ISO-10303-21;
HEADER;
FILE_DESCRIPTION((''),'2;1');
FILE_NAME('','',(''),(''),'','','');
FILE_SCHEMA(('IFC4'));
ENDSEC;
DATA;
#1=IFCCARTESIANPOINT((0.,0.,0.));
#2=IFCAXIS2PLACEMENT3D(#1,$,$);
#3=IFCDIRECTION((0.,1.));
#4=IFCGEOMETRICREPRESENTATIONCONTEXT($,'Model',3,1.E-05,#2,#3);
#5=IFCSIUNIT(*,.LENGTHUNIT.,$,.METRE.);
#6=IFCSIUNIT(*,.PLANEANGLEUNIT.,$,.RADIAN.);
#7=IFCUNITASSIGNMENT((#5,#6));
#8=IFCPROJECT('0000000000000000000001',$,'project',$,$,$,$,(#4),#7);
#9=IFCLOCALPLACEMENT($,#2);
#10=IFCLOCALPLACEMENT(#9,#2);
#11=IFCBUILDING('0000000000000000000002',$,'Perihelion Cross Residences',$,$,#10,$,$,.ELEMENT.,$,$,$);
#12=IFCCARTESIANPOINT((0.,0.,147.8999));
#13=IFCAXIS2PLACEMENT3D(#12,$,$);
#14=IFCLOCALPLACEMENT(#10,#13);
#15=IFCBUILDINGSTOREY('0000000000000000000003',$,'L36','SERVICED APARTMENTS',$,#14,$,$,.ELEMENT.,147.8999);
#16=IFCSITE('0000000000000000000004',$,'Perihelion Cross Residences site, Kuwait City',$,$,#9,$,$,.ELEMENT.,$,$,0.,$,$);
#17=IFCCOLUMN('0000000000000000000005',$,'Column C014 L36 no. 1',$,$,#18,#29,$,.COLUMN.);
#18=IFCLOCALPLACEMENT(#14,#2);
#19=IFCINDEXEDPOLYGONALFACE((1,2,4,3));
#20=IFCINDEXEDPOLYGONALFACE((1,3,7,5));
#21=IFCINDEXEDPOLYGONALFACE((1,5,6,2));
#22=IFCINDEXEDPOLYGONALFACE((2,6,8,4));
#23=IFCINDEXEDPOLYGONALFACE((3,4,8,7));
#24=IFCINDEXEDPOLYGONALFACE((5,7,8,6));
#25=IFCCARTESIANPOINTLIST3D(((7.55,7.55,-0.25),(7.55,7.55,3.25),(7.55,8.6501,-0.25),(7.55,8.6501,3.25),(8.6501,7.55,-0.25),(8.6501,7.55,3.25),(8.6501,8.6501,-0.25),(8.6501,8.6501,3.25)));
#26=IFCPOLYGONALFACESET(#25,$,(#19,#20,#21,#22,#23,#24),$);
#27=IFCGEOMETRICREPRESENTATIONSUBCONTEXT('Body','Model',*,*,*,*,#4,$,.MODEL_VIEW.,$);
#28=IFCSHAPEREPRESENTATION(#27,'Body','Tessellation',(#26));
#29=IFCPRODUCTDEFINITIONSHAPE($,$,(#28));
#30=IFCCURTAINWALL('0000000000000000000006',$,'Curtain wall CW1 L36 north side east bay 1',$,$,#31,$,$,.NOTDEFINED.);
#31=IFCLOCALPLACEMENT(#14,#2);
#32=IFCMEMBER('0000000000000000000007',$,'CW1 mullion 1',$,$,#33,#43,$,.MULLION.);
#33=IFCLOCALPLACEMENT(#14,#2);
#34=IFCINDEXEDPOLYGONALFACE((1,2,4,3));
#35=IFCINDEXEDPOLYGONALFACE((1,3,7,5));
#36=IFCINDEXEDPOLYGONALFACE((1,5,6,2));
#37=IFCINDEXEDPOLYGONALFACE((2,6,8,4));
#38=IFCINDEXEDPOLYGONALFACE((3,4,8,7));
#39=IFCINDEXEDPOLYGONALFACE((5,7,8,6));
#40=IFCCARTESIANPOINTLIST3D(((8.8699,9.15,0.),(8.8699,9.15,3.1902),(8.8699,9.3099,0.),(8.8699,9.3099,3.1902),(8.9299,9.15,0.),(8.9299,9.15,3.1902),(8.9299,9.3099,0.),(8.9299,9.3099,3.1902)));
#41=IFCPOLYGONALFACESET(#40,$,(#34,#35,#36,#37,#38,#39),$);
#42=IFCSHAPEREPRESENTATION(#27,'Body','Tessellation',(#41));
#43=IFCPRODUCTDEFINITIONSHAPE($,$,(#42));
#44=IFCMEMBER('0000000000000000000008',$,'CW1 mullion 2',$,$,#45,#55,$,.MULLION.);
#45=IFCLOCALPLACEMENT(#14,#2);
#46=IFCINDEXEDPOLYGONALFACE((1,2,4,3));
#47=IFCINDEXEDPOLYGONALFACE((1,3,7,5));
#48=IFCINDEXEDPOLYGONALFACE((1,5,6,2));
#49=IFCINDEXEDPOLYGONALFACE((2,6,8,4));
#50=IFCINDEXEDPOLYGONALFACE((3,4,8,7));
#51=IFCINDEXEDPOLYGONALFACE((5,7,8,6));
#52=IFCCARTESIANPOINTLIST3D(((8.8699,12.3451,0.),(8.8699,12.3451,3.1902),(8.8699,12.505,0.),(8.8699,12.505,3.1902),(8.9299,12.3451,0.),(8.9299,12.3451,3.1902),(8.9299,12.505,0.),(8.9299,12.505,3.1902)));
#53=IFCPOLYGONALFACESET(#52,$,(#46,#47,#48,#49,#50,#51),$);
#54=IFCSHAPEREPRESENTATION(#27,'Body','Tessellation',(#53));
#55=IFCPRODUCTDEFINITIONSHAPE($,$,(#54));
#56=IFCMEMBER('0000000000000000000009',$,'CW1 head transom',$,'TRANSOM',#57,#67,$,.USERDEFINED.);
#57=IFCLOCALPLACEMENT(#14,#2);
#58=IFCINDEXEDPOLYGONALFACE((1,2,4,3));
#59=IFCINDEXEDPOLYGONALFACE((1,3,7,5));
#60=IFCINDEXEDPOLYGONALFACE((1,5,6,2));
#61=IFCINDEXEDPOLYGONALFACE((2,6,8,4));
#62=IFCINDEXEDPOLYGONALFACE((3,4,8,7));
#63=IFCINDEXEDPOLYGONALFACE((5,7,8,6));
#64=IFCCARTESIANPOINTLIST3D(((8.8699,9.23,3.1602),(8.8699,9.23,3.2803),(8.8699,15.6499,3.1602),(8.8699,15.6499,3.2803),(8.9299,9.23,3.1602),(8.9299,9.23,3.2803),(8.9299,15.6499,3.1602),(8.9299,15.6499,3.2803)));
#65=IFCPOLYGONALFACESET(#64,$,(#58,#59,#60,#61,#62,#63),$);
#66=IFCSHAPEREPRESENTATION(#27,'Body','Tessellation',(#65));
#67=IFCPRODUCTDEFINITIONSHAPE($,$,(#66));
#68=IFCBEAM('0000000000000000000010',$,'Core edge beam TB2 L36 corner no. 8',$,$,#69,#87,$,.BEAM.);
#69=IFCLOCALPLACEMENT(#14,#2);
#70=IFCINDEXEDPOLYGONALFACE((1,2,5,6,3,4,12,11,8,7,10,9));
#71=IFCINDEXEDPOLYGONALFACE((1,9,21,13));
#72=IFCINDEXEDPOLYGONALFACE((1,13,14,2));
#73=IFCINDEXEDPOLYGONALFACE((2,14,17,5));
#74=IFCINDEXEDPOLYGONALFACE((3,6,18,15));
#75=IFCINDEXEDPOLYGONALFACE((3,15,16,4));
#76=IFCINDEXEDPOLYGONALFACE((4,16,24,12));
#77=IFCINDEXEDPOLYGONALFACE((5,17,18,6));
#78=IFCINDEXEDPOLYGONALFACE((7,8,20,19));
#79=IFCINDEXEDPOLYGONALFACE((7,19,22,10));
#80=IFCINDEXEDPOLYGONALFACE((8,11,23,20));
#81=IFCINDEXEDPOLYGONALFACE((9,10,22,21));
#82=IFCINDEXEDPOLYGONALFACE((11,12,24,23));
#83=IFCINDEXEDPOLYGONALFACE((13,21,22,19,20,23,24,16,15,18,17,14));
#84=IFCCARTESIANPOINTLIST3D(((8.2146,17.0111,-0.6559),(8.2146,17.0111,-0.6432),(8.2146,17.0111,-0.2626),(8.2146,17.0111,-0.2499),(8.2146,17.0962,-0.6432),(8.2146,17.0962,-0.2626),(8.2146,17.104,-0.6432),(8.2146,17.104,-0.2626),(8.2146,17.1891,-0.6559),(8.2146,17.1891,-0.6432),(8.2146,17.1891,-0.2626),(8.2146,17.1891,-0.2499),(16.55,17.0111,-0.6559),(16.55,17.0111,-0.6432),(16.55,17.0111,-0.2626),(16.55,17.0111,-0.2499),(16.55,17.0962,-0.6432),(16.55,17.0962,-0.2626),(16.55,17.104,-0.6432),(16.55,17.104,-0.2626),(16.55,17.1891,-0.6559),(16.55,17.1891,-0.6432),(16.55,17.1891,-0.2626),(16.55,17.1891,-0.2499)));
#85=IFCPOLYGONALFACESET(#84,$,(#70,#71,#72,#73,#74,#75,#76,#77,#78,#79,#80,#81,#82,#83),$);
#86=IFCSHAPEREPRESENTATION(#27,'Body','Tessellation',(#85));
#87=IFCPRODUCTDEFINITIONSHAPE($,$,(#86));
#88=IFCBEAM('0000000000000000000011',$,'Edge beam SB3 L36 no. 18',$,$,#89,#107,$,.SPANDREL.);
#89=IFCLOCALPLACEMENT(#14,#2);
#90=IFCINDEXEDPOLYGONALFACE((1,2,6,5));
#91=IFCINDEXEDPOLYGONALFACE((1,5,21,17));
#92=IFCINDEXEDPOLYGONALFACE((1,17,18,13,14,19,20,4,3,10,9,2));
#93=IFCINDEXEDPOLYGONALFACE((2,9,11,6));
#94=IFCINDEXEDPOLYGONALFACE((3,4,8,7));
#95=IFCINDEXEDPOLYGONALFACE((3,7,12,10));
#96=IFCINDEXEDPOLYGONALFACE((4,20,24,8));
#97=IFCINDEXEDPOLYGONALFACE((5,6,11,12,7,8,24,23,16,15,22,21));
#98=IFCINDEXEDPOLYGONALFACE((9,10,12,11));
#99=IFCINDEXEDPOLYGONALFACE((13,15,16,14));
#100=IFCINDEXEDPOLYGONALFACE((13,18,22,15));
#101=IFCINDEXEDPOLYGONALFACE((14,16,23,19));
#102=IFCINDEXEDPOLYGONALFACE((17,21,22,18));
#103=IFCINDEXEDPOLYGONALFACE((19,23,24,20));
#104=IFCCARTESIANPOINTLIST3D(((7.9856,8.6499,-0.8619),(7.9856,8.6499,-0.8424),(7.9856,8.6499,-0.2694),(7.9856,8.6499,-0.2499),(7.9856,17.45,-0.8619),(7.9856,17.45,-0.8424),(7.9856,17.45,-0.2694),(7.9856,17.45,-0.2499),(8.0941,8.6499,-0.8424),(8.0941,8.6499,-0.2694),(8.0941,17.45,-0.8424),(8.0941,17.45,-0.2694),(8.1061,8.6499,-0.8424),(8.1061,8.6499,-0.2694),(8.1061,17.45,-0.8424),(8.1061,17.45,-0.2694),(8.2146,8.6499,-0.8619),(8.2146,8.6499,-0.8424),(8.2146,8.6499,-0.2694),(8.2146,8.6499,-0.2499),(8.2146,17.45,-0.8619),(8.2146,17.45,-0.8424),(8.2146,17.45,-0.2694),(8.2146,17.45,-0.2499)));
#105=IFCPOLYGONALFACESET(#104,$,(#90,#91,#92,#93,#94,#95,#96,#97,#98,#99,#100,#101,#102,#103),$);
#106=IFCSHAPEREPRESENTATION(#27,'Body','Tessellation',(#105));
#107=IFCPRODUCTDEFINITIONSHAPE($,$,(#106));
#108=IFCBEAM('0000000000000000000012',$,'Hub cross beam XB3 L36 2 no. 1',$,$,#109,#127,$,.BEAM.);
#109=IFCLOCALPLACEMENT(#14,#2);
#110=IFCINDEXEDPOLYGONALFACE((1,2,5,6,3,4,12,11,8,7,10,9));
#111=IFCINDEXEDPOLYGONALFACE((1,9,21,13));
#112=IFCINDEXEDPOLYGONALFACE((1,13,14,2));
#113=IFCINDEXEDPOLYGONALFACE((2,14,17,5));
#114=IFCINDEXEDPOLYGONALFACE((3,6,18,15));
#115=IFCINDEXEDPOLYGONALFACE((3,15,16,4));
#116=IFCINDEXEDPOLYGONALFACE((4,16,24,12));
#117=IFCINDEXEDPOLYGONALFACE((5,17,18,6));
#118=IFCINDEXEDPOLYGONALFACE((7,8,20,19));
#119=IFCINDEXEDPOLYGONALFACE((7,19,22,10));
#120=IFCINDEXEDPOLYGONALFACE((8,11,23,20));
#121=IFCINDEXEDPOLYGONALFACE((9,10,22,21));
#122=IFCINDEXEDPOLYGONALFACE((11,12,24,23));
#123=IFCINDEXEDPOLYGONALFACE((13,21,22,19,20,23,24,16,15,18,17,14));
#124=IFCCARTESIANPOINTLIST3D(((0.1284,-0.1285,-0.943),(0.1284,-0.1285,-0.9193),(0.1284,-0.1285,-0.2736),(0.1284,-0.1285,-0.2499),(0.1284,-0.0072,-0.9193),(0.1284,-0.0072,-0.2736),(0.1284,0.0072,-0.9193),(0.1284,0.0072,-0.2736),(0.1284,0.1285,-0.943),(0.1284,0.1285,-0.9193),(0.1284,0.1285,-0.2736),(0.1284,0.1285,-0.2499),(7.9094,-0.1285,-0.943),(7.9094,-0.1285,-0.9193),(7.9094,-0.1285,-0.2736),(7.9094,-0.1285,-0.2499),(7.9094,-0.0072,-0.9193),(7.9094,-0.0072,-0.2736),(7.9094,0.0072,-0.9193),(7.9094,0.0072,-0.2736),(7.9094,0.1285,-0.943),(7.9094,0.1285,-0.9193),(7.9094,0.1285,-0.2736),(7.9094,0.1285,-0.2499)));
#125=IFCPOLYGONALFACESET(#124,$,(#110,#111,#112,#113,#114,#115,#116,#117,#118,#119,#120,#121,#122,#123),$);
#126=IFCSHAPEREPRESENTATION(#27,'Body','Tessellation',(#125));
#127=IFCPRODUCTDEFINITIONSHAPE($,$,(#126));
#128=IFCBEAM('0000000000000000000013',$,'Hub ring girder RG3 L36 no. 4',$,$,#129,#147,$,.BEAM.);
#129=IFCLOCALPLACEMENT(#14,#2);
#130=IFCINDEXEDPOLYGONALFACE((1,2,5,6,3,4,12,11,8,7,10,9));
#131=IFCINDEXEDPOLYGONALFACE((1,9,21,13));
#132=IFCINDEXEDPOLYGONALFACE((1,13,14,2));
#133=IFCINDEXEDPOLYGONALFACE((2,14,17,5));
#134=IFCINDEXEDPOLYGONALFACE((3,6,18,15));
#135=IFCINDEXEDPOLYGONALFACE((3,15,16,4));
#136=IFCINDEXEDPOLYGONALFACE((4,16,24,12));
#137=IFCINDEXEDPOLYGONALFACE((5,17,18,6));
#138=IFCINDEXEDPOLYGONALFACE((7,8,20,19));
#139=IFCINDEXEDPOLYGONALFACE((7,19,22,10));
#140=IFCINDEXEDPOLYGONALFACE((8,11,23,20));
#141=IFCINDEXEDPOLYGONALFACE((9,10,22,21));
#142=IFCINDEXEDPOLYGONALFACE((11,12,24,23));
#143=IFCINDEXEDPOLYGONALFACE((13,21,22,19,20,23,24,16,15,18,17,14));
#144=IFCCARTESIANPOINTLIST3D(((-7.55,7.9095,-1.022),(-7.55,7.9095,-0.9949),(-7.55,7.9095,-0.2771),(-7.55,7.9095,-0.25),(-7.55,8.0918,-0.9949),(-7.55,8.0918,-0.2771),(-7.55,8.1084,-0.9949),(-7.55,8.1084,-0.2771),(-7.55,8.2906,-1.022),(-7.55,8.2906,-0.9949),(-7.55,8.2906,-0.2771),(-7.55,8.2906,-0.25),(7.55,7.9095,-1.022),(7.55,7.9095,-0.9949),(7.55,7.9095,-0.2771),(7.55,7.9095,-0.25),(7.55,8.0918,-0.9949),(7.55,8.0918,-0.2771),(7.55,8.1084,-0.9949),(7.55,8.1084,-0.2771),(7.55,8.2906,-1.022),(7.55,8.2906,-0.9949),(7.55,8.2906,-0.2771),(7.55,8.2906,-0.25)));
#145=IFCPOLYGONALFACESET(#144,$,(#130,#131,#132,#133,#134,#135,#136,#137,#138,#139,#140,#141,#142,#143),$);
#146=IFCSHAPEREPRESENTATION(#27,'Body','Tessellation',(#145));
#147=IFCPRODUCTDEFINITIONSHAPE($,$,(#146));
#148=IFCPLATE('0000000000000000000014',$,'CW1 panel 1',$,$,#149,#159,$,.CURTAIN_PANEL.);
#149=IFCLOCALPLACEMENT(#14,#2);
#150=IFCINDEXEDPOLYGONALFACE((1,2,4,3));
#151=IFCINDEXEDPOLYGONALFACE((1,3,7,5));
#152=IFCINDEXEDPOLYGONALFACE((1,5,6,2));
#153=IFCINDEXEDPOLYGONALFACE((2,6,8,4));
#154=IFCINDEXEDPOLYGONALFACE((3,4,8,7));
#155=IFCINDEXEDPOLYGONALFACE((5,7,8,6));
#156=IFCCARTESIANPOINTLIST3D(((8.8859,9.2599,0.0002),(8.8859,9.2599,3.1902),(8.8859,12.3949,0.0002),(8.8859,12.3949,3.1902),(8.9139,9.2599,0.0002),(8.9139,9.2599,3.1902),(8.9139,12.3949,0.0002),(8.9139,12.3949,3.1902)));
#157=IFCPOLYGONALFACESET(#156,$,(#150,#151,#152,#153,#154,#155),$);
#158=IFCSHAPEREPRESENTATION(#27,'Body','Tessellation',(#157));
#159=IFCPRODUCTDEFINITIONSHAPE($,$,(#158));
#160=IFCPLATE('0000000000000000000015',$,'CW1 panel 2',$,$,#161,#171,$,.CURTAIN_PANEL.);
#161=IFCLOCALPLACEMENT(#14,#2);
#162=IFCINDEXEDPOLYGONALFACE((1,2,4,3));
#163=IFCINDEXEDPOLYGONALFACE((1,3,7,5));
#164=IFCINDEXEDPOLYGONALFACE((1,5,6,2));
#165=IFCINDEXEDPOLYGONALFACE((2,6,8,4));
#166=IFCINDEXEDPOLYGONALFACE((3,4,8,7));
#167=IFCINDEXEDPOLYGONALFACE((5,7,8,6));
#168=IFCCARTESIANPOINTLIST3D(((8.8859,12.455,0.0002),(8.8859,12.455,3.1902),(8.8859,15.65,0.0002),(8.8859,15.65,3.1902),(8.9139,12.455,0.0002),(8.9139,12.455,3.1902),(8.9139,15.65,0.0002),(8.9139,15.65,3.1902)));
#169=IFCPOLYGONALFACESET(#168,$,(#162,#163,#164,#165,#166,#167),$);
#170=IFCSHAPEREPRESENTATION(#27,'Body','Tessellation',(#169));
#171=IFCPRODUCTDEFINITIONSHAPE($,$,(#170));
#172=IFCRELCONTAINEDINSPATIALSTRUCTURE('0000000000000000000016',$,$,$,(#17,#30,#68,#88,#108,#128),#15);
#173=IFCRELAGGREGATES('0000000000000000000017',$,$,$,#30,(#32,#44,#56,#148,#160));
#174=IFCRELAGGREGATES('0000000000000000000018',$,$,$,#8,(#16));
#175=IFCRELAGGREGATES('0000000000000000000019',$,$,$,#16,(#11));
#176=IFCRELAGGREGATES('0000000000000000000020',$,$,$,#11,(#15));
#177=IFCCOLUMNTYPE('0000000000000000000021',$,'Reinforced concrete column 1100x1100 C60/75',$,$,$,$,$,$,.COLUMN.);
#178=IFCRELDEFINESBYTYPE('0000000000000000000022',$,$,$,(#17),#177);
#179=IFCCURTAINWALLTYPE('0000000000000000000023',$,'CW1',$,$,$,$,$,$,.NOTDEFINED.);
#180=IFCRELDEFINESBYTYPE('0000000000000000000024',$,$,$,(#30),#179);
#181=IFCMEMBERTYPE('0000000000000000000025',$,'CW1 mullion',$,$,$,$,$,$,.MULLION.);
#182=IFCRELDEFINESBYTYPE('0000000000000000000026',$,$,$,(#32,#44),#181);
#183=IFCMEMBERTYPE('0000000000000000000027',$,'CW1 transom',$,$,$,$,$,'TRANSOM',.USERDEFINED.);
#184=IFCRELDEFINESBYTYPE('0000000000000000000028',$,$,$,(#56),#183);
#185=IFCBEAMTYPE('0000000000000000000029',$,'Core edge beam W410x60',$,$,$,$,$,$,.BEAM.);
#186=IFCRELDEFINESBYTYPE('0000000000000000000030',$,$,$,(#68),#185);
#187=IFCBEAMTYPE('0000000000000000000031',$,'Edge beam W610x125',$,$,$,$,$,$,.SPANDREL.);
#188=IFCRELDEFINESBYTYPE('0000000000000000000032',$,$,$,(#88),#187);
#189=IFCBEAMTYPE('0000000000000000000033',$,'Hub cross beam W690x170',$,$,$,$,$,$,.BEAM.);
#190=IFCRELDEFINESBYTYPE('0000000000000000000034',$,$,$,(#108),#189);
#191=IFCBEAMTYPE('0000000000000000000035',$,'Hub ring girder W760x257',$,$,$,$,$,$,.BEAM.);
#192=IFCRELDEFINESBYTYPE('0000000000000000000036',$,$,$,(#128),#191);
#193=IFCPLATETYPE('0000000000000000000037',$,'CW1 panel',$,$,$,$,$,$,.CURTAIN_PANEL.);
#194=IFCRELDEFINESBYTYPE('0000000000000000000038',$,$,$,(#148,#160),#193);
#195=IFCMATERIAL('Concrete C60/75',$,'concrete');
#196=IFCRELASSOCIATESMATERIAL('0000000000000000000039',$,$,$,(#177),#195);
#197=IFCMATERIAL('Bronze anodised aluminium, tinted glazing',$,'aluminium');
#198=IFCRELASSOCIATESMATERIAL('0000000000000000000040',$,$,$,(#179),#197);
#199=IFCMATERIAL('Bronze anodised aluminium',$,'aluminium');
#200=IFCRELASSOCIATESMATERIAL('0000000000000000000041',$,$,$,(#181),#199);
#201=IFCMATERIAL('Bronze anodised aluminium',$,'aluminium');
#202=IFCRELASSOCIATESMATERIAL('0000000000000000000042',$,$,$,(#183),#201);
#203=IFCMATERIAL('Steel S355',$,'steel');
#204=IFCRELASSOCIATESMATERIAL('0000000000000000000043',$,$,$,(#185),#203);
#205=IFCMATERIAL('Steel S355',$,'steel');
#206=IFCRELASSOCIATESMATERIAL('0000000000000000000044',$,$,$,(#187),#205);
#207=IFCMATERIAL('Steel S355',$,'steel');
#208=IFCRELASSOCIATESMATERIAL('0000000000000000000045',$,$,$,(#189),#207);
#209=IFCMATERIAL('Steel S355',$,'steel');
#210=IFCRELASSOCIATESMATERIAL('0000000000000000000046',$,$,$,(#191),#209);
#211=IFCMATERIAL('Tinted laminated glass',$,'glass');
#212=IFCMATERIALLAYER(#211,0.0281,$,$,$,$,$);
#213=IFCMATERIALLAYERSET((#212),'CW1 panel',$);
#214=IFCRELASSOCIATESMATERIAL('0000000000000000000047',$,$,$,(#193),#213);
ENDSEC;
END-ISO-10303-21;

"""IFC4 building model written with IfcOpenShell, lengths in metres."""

from ifc_helpers import new_model, si_unit, direction, frame, origin, origin_2d, place, context, subcontext, project, spatial, rectangle, i_section, extrude, material, layer, layer_set, material_profile, profile_set, type_object, element, aggregate, save


model = new_model("IFC4")

# Units and contexts
model_context = context("Model", 3, precision=1e-05, world=origin(), true_north=direction((0.0, 1.0)))
body_context = subcontext(model_context, "Body", "Model", "MODEL_VIEW")
ifc_project = project(units=[si_unit("LENGTHUNIT", "METRE"), si_unit("PLANEANGLEUNIT", "RADIAN")], contexts=[model_context])

# Site, building, storey
site_placement = place(None, origin())
site = spatial("IfcSite", under=ifc_project, at=site_placement, Name="Perihelion Cross Residences site, Kuwait City", CompositionType="ELEMENT", RefElevation=0.0)
building_placement = place(site_placement, origin())
building = spatial("IfcBuilding", under=site, at=building_placement, Name="Perihelion Cross Residences", CompositionType="ELEMENT")
storey_placement = place(building_placement, frame((0.0, 0.0, 147.8999)))
storey = spatial("IfcBuildingStorey", under=building, at=storey_placement, Name="L36", Description="SERVICED APARTMENTS", CompositionType="ELEMENT", Elevation=147.8999)

# Column
ifc_material_1 = material(Name="Concrete C60/75", Category="concrete")
ifc_material_profile_1 = material_profile(ifc_material_1, rectangle(XDim=1.1001, YDim=1.1001, at=origin_2d()), Name="RC 1100x1100")
ifc_profile_set_1 = profile_set([ifc_material_profile_1], Name="Concrete C60/75")
column_type = type_object("IfcColumnType", Name="Reinforced concrete column 1100x1100 C60/75", PredefinedType="COLUMN", material=ifc_profile_set_1)
column_placement = place(storey_placement, frame((8.1001, 8.1001, -0.25), z_axis=(0.0, 0.0, 1.0), x_axis=(1.0, 0.0, 0.0)))
element("IfcColumn", 1, at=column_placement, inside=storey, type_object=column_type, Name="Column C014 L36 no. 1", PredefinedType="COLUMN", context=body_context, shape_type="SweptSolid", body=[
    extrude(rectangle(XDim=1.1001, YDim=1.1001, at=origin_2d()), origin(), (0.0, 0.0, 1.0), 3.5),
])

# Curtain wall, members
ifc_material_2 = material(Name="Bronze anodised aluminium, tinted glazing", Category="aluminium")
curtain_wall_type = type_object("IfcCurtainWallType", Name="CW1", PredefinedType="NOTDEFINED", material=ifc_material_2)
curtain_wall_placement = place(storey_placement, origin())
curtain_wall = element("IfcCurtainWall", 2, at=curtain_wall_placement, inside=storey, type_object=curtain_wall_type, Name="Curtain wall CW1 L36 north side east bay 1", PredefinedType="NOTDEFINED")
ifc_material_3 = material(Name="Bronze anodised aluminium", Category="aluminium")
ifc_material_profile_2 = material_profile(ifc_material_3, rectangle(XDim=0.0601, YDim=0.1599, at=origin_2d()), Name="CW1 mullion")
ifc_profile_set_2 = profile_set([ifc_material_profile_2], Name="Bronze anodised aluminium")
member_type_1 = type_object("IfcMemberType", Name="CW1 mullion", PredefinedType="MULLION", material=ifc_profile_set_2)
member_1_placement = place(storey_placement, frame((8.8999, 9.23, 0.0), z_axis=(0.0, 0.0, 1.0), x_axis=(-1.0, 0.0, 0.0)))
member_1 = element("IfcMember", 3, at=member_1_placement, type_object=member_type_1, Name="CW1 mullion 1", PredefinedType="MULLION", context=body_context, shape_type="SweptSolid", body=[
    extrude(rectangle(XDim=0.0601, YDim=0.1599, at=origin_2d()), origin(), (0.0, 0.0, 1.0), 3.1902),
])
member_2_placement = place(storey_placement, frame((8.8999, 12.425, 0.0), z_axis=(0.0, 0.0, 1.0), x_axis=(-1.0, 0.0, 0.0)))
member_2 = element("IfcMember", 4, at=member_2_placement, type_object=member_type_1, Name="CW1 mullion 2", PredefinedType="MULLION", context=body_context, shape_type="SweptSolid", body=[
    extrude(rectangle(XDim=0.0601, YDim=0.1599, at=origin_2d()), origin(), (0.0, 0.0, 1.0), 3.1902),
])
ifc_material_4 = material(Name="Bronze anodised aluminium", Category="aluminium")
ifc_material_profile_3 = material_profile(ifc_material_4, rectangle(XDim=0.0601, YDim=0.1201, at=origin_2d()), Name="CW1 transom")
ifc_profile_set_3 = profile_set([ifc_material_profile_3], Name="Bronze anodised aluminium")
member_type_2 = type_object("IfcMemberType", Name="CW1 transom", ElementType="TRANSOM", PredefinedType="USERDEFINED", material=ifc_profile_set_3)
member_3_placement = place(storey_placement, frame((8.8999, 9.23, 3.2202), z_axis=(0.0, 1.0, 0.0), x_axis=(-1.0, 0.0, 0.0)))
member_3 = element("IfcMember", 5, at=member_3_placement, type_object=member_type_2, Name="CW1 head transom", ObjectType="TRANSOM", PredefinedType="USERDEFINED", context=body_context, shape_type="SweptSolid", body=[
    extrude(rectangle(XDim=0.0601, YDim=0.1201, at=origin_2d()), origin(), (0.0, 0.0, 1.0), 6.4199),
])

# Beams
ifc_material_5 = material(Name="Steel S355", Category="steel")
ifc_material_profile_4 = material_profile(ifc_material_5, i_section(OverallWidth=0.178, OverallDepth=0.406, WebThickness=0.0078, FlangeThickness=0.0127, at=origin_2d()), Name="W410x60")
ifc_profile_set_4 = profile_set([ifc_material_profile_4], Name="Steel S355")
beam_type_1 = type_object("IfcBeamType", Name="Core edge beam W410x60", PredefinedType="BEAM", material=ifc_profile_set_4)
beam_1_placement = place(storey_placement, frame((8.2146, 17.1001, -0.4529), z_axis=(1.0, 0.0, 0.0), x_axis=(0.0, 1.0, 0.0)))
element("IfcBeam", 6, at=beam_1_placement, inside=storey, type_object=beam_type_1, Name="Core edge beam TB2 L36 corner no. 8", PredefinedType="BEAM", context=body_context, shape_type="SweptSolid", body=[
    extrude(i_section(OverallWidth=0.178, OverallDepth=0.406, WebThickness=0.0078, FlangeThickness=0.0127, at=origin_2d()), origin(), (0.0, 0.0, 1.0), 8.3354),
])
ifc_material_6 = material(Name="Steel S355", Category="steel")
ifc_material_profile_5 = material_profile(ifc_material_6, i_section(OverallWidth=0.229, OverallDepth=0.6121, WebThickness=0.012, FlangeThickness=0.0195, at=origin_2d()), Name="W610x125")
ifc_profile_set_5 = profile_set([ifc_material_profile_5], Name="Steel S355")
beam_type_2 = type_object("IfcBeamType", Name="Edge beam W610x125", PredefinedType="SPANDREL", material=ifc_profile_set_5)
beam_2_placement = place(storey_placement, frame((8.1001, 8.6499, -0.5559), z_axis=(0.0, 1.0, 0.0), x_axis=(-1.0, 0.0, 0.0)))
element("IfcBeam", 7, at=beam_2_placement, inside=storey, type_object=beam_type_2, Name="Edge beam SB3 L36 no. 18", PredefinedType="SPANDREL", context=body_context, shape_type="SweptSolid", body=[
    extrude(i_section(OverallWidth=0.229, OverallDepth=0.6121, WebThickness=0.012, FlangeThickness=0.0195, at=origin_2d()), origin(), (0.0, 0.0, 1.0), 8.8),
])
ifc_material_7 = material(Name="Steel S355", Category="steel")
ifc_material_profile_6 = material_profile(ifc_material_7, i_section(OverallWidth=0.2571, OverallDepth=0.6931, WebThickness=0.0144, FlangeThickness=0.0237, at=origin_2d()), Name="W690x170")
ifc_profile_set_6 = profile_set([ifc_material_profile_6], Name="Steel S355")
beam_type_3 = type_object("IfcBeamType", Name="Hub cross beam W690x170", PredefinedType="BEAM", material=ifc_profile_set_6)
beam_3_placement = place(storey_placement, frame((0.1284, 0.0, -0.5964), z_axis=(1.0, 0.0, 0.0), x_axis=(0.0, 1.0, 0.0)))
element("IfcBeam", 8, at=beam_3_placement, inside=storey, type_object=beam_type_3, Name="Hub cross beam XB3 L36 2 no. 1", PredefinedType="BEAM", context=body_context, shape_type="SweptSolid", body=[
    extrude(i_section(OverallWidth=0.2571, OverallDepth=0.6931, WebThickness=0.0144, FlangeThickness=0.0237, at=origin_2d()), origin(), (0.0, 0.0, 1.0), 7.781),
])
ifc_material_8 = material(Name="Steel S355", Category="steel")
ifc_material_profile_7 = material_profile(ifc_material_8, i_section(OverallWidth=0.3811, OverallDepth=0.772, WebThickness=0.0166, FlangeThickness=0.0271, at=origin_2d()), Name="W760x257")
ifc_profile_set_7 = profile_set([ifc_material_profile_7], Name="Steel S355")
beam_type_4 = type_object("IfcBeamType", Name="Hub ring girder W760x257", PredefinedType="BEAM", material=ifc_profile_set_7)
beam_4_placement = place(storey_placement, frame((7.55, 8.1001, -0.636), z_axis=(-1.0, 0.0, 0.0), x_axis=(0.0, -1.0, 0.0)))
element("IfcBeam", 9, at=beam_4_placement, inside=storey, type_object=beam_type_4, Name="Hub ring girder RG3 L36 no. 4", PredefinedType="BEAM", context=body_context, shape_type="SweptSolid", body=[
    extrude(i_section(OverallWidth=0.3811, OverallDepth=0.772, WebThickness=0.0166, FlangeThickness=0.0271, at=origin_2d()), origin(), (0.0, 0.0, 1.0), 15.1001),
])

# Plates
ifc_material_9 = material(Name="Tinted laminated glass", Category="glass")
ifc_layer_1 = layer(ifc_material_9, 0.0281)
ifc_layer_set_1 = layer_set([ifc_layer_1], Name="CW1 panel")
plate_type = type_object("IfcPlateType", Name="CW1 panel", PredefinedType="CURTAIN_PANEL", material=ifc_layer_set_1)
plate_1_placement = place(storey_placement, frame((8.8999, 10.8274, 0.0002), z_axis=(0.0, 0.0, 1.0), x_axis=(0.0, 1.0, 0.0)))
plate_1 = element("IfcPlate", 10, at=plate_1_placement, type_object=plate_type, Name="CW1 panel 1", PredefinedType="CURTAIN_PANEL", context=body_context, shape_type="SweptSolid", body=[
    extrude(rectangle(XDim=3.135, YDim=0.0281, at=origin_2d()), origin(), (0.0, 0.0, 1.0), 3.1899),
])
plate_2_placement = place(storey_placement, frame((8.8999, 14.0525, 0.0002), z_axis=(0.0, 0.0, 1.0), x_axis=(0.0, 1.0, 0.0)))
plate_2 = element("IfcPlate", 11, at=plate_2_placement, type_object=plate_type, Name="CW1 panel 2", PredefinedType="CURTAIN_PANEL", context=body_context, shape_type="SweptSolid", body=[
    extrude(rectangle(XDim=3.1951, YDim=0.0281, at=origin_2d()), origin(), (0.0, 0.0, 1.0), 3.1899),
])
aggregate(curtain_wall, [member_1, member_2, member_3, plate_1, plate_2])

save(model, "model.ifc")
